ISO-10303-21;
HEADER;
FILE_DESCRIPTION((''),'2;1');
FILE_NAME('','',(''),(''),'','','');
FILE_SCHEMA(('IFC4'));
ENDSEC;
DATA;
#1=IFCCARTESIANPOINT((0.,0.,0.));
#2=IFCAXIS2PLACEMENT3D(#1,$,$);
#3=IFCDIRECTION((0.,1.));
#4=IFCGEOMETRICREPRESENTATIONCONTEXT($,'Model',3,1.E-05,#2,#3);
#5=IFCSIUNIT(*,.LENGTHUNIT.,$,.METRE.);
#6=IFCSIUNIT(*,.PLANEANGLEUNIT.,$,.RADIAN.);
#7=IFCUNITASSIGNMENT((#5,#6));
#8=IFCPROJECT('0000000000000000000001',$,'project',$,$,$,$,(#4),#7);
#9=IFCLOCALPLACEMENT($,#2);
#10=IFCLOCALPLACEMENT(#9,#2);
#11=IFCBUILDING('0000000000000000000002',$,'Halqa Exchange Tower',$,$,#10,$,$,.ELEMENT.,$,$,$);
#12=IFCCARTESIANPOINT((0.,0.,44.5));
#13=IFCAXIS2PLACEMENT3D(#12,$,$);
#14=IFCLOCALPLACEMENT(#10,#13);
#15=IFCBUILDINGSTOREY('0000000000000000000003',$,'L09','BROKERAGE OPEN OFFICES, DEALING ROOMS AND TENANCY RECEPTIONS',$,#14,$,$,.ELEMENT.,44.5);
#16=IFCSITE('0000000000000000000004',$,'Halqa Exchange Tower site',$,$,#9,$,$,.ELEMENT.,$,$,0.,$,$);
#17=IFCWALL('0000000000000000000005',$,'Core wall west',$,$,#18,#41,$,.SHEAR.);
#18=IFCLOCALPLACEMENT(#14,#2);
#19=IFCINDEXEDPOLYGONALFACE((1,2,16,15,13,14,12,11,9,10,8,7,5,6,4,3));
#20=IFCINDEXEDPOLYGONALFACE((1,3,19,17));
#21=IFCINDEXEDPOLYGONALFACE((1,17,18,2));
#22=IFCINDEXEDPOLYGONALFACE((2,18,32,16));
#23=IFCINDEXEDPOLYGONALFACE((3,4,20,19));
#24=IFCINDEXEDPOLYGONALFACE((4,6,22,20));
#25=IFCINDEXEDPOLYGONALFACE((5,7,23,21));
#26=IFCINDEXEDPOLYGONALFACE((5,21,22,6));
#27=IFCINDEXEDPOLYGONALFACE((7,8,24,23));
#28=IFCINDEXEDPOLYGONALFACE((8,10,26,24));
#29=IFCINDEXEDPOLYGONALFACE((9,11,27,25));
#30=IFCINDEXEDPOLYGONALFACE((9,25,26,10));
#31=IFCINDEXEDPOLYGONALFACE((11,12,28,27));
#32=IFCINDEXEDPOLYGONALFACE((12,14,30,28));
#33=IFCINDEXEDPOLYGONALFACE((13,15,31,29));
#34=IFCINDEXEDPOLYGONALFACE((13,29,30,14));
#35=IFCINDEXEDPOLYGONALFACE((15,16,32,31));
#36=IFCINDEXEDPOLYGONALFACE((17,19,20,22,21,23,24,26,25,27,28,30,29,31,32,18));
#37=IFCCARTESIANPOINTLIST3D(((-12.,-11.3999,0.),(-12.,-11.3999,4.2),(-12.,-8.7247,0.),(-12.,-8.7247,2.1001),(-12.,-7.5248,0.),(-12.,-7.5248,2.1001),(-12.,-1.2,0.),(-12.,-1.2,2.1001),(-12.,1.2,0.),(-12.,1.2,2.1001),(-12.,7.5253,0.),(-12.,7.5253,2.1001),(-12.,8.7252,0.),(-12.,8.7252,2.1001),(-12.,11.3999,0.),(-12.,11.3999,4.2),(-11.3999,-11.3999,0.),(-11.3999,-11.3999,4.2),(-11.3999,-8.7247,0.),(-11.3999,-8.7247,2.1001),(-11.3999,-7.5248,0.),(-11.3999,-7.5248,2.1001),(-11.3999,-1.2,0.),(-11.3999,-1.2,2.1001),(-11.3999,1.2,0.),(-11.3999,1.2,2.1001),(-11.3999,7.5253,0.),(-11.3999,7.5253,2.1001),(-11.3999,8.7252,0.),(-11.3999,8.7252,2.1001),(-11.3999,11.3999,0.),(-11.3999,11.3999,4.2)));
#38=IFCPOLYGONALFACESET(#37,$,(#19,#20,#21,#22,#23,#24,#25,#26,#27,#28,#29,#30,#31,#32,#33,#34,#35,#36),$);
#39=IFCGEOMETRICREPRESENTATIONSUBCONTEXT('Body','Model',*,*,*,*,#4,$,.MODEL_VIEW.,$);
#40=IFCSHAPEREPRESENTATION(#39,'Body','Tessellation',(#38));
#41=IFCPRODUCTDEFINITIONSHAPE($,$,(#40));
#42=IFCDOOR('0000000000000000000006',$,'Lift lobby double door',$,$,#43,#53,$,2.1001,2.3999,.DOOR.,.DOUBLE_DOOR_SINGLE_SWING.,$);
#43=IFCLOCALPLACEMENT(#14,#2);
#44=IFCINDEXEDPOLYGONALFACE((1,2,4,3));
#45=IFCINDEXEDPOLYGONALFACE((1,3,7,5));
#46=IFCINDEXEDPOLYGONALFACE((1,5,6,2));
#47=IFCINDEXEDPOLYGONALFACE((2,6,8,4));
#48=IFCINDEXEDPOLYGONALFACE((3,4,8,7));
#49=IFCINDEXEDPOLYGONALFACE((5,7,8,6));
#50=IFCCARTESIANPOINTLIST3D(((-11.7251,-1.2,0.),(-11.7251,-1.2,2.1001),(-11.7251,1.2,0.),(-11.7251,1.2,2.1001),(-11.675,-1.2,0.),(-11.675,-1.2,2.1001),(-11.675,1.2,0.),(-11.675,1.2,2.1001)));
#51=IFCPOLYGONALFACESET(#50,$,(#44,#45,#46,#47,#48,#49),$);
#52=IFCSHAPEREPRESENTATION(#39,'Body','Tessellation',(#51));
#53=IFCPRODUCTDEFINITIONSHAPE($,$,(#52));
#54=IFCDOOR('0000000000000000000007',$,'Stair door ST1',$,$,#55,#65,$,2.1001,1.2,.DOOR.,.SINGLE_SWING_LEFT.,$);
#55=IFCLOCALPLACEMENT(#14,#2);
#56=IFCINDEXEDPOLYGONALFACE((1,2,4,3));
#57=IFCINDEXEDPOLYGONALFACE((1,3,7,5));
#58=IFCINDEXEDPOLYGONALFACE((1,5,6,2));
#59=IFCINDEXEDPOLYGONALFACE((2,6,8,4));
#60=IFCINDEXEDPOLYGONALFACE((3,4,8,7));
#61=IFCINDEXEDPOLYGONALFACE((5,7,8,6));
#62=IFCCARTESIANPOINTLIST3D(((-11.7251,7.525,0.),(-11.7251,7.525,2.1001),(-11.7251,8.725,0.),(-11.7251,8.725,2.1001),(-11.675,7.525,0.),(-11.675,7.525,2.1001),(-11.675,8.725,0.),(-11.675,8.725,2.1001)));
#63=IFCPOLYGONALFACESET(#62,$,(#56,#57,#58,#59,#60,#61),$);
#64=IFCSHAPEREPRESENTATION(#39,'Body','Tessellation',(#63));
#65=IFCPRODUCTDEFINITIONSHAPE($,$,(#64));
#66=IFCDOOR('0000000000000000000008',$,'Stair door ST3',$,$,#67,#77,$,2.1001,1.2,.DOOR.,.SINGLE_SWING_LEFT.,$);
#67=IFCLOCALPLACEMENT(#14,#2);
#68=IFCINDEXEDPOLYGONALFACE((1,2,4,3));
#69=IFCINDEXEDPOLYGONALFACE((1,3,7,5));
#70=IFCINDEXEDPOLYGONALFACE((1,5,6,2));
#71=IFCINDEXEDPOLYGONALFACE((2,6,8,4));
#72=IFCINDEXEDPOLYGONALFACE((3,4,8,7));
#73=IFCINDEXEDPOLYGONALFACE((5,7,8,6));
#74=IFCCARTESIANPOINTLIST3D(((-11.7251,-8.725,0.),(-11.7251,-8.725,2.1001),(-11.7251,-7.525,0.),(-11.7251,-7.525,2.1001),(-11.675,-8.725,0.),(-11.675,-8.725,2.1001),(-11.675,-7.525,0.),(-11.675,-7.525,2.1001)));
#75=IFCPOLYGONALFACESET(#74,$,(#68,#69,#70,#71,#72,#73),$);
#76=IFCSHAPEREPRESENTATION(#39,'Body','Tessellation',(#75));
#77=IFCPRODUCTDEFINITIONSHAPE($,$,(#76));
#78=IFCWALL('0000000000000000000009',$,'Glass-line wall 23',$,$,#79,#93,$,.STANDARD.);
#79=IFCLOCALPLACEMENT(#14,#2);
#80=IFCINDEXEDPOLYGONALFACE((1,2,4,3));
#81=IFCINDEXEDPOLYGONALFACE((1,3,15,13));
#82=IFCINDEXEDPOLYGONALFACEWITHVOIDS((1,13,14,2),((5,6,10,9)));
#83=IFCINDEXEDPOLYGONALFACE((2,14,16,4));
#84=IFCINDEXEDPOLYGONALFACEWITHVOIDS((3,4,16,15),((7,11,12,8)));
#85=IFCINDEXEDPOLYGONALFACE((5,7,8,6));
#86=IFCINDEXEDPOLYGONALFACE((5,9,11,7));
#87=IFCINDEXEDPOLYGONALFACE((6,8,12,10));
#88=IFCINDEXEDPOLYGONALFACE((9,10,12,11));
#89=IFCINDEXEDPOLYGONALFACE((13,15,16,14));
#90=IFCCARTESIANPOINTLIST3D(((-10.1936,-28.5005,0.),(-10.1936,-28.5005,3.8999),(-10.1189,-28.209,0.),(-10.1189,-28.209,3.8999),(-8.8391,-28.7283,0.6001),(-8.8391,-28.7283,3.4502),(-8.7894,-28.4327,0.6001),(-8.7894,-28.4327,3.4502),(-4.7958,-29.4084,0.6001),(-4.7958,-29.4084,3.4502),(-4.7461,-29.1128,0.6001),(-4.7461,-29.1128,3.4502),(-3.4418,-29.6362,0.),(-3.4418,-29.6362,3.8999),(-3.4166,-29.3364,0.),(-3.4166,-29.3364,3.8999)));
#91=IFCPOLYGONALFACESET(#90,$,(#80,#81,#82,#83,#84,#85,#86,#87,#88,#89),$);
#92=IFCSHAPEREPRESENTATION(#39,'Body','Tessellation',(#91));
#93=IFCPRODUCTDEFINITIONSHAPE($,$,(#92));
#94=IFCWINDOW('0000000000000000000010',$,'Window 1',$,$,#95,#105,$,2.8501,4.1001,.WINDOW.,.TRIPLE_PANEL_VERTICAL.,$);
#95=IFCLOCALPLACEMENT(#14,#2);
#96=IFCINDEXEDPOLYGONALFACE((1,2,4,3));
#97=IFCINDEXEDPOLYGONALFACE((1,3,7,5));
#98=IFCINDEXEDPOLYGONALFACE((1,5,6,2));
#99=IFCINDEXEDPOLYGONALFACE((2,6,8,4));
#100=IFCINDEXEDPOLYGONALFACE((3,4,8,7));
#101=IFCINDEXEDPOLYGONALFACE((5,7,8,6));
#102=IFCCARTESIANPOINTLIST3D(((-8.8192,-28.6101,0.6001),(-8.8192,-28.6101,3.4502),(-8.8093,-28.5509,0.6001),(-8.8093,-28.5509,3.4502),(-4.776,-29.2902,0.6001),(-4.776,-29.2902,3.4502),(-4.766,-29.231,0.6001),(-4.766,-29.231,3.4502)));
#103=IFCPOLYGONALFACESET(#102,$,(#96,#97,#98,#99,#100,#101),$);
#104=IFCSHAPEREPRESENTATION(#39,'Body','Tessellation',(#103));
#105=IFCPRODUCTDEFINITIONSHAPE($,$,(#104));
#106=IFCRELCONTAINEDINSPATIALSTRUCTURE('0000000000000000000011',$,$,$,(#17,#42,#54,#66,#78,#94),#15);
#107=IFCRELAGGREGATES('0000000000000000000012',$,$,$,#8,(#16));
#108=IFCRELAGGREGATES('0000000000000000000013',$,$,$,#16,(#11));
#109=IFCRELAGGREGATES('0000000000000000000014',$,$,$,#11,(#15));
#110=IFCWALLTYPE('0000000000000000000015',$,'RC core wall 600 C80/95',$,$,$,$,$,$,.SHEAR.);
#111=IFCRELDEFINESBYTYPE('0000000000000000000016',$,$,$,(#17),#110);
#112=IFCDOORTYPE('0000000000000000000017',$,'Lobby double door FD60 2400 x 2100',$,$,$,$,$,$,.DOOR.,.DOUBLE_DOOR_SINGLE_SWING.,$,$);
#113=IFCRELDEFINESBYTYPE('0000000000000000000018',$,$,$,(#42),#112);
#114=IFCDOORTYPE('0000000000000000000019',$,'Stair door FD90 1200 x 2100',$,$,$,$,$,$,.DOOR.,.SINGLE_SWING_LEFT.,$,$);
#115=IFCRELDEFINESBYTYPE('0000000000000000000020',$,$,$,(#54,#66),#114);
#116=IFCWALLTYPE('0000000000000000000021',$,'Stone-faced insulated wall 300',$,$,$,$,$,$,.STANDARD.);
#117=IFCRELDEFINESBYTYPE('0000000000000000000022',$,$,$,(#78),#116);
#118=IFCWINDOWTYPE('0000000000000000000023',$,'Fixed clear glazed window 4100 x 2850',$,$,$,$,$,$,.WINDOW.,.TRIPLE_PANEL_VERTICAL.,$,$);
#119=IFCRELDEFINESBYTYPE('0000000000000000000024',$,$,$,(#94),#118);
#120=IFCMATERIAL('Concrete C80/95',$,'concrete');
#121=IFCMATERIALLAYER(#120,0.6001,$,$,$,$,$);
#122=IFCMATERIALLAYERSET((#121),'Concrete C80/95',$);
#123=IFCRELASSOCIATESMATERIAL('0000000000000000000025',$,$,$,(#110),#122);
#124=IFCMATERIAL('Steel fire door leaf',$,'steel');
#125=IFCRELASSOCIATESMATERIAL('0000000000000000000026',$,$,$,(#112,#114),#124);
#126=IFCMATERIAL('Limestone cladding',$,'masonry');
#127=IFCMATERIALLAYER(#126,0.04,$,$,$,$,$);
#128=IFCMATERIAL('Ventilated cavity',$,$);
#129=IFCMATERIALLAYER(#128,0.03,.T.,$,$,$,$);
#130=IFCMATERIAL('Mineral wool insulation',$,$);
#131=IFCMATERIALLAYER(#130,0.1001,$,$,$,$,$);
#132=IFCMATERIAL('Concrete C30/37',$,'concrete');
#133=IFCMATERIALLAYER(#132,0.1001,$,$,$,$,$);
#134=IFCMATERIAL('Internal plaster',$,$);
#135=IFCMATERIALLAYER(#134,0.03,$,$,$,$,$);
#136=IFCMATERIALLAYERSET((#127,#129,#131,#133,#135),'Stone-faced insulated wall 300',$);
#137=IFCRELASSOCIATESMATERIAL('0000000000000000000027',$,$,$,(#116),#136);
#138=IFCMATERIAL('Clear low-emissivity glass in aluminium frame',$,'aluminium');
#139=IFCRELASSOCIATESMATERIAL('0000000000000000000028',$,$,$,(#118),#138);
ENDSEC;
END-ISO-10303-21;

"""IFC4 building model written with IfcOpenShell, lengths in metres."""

from ifc_helpers import new_model, si_unit, direction, frame, frame_2d, origin, place, context, subcontext, project, spatial, polyline, rectangle, outline, extrude, material, layer, layer_set, type_object, element, fill, save


model = new_model("IFC4")

# Units and contexts
model_context = context("Model", 3, precision=1e-05, world=origin(), true_north=direction((0.0, 1.0)))
body_context = subcontext(model_context, "Body", "Model", "MODEL_VIEW")
ifc_project = project(units=[si_unit("LENGTHUNIT", "METRE"), si_unit("PLANEANGLEUNIT", "RADIAN")], contexts=[model_context])

# Site, building, storey
site_placement = place(None, origin())
site = spatial("IfcSite", under=ifc_project, at=site_placement, Name="Halqa Exchange Tower site", CompositionType="ELEMENT", RefElevation=0.0)
building_placement = place(site_placement, origin())
building = spatial("IfcBuilding", under=site, at=building_placement, Name="Halqa Exchange Tower", CompositionType="ELEMENT")
storey_placement = place(building_placement, frame((0.0, 0.0, 44.5)))
storey = spatial("IfcBuildingStorey", under=building, at=storey_placement, Name="L09", Description="BROKERAGE OPEN OFFICES, DEALING ROOMS AND TENANCY RECEPTIONS", CompositionType="ELEMENT", Elevation=44.5)

# Shared definitions
ifc_material_1 = material(Name="Concrete C80/95", Category="concrete")

# Wall, openings, doors
ifc_layer_1 = layer(ifc_material_1, 0.6001)
ifc_layer_set_1 = layer_set([ifc_layer_1], Name="Concrete C80/95")
wall_type_1 = type_object("IfcWallType", Name="RC core wall 600 C80/95", PredefinedType="SHEAR", material=ifc_layer_set_1)
wall_1_placement = place(storey_placement, frame((-11.7, -11.3999, 0.0), z_axis=(0.0, 0.0, 1.0), x_axis=(0.0, 1.0, 0.0)))
wall_1 = element("IfcWall", 1, at=wall_1_placement, inside=storey, type_object=wall_type_1, Name="Core wall west", PredefinedType="SHEAR", context=body_context, shape_type="SweptSolid", body=[
    extrude(rectangle(XDim=22.7998, YDim=0.6001, at=frame_2d((11.3999, 0.0))), origin(), (0.0, 0.0, 1.0), 4.2),
])
opening_1_placement = place(wall_1_placement, frame((10.2, 0.0, 0.0)))
opening_1 = element("IfcOpeningElement", 2, at=opening_1_placement, cuts=wall_1, PredefinedType="OPENING", context=body_context, shape_type="SweptSolid", body=[
    extrude(rectangle(XDim=2.3999, YDim=2.1001, at=frame_2d((1.2, 1.05))), frame((0.0, 0.312, 0.0), z_axis=(0.0, -1.0, 0.0), x_axis=(1.0, 0.0, 0.0)), (0.0, 0.0, 1.0), 0.624),
])
opening_2_placement = place(wall_1_placement, frame((18.925, 0.0, 0.0)))
opening_2 = element("IfcOpeningElement", 3, at=opening_2_placement, cuts=wall_1, PredefinedType="OPENING", context=body_context, shape_type="SweptSolid", body=[
    extrude(rectangle(XDim=1.2, YDim=2.1001, at=frame_2d((0.6001, 1.05))), frame((0.0, 0.312, 0.0), z_axis=(0.0, -1.0, 0.0), x_axis=(1.0, 0.0, 0.0)), (0.0, 0.0, 1.0), 0.624),
])
opening_3_placement = place(wall_1_placement, frame((2.675, 0.0, 0.0)))
opening_3 = element("IfcOpeningElement", 4, at=opening_3_placement, cuts=wall_1, PredefinedType="OPENING", context=body_context, shape_type="SweptSolid", body=[
    extrude(rectangle(XDim=1.2, YDim=2.1001, at=frame_2d((0.6001, 1.05))), frame((0.0, 0.312, 0.0), z_axis=(0.0, -1.0, 0.0), x_axis=(1.0, 0.0, 0.0)), (0.0, 0.0, 1.0), 0.624),
])
ifc_material_2 = material(Name="Steel fire door leaf", Category="steel")
door_type_1 = type_object("IfcDoorType", Name="Lobby double door FD60 2400 x 2100", OperationType="DOUBLE_DOOR_SINGLE_SWING", PredefinedType="DOOR", material=ifc_material_2)
door_1_placement = place(opening_1_placement, frame((2.3999, 0.0, 0.0), z_axis=(0.0, 0.0, 1.0), x_axis=(-1.0, 0.0, 0.0)))
door_1 = element("IfcDoor", 5, at=door_1_placement, inside=storey, type_object=door_type_1, Name="Lift lobby double door", OperationType="DOUBLE_DOOR_SINGLE_SWING", OverallHeight=2.1001, OverallWidth=2.3999, PredefinedType="DOOR", context=body_context, shape_type="SweptSolid", body=[
    extrude(rectangle(XDim=2.3999, YDim=2.1001, at=frame_2d((1.2, 1.05))), frame((0.0, 0.0249, 0.0), z_axis=(0.0, -1.0, 0.0), x_axis=(1.0, 0.0, 0.0)), (0.0, 0.0, 1.0), 0.05),
])
fill(opening_1, door_1)
door_type_2 = type_object("IfcDoorType", Name="Stair door FD90 1200 x 2100", OperationType="SINGLE_SWING_LEFT", PredefinedType="DOOR", material=ifc_material_2)
door_2_placement = place(opening_2_placement, frame((1.2, 0.0, 0.0), z_axis=(0.0, 0.0, 1.0), x_axis=(-1.0, 0.0, 0.0)))
door_2 = element("IfcDoor", 6, at=door_2_placement, inside=storey, type_object=door_type_2, Name="Stair door ST1", OperationType="SINGLE_SWING_LEFT", OverallHeight=2.1001, OverallWidth=1.2, PredefinedType="DOOR", context=body_context, shape_type="SweptSolid", body=[
    extrude(rectangle(XDim=1.2, YDim=2.1001, at=frame_2d((0.6001, 1.05))), frame((0.0, 0.0249, 0.0), z_axis=(0.0, -1.0, 0.0), x_axis=(1.0, 0.0, 0.0)), (0.0, 0.0, 1.0), 0.05),
])
fill(opening_2, door_2)
door_3_placement = place(opening_3_placement, frame((1.2, 0.0, 0.0), z_axis=(0.0, 0.0, 1.0), x_axis=(-1.0, 0.0, 0.0)))
door_3 = element("IfcDoor", 7, at=door_3_placement, inside=storey, type_object=door_type_2, Name="Stair door ST3", OperationType="SINGLE_SWING_LEFT", OverallHeight=2.1001, OverallWidth=1.2, PredefinedType="DOOR", context=body_context, shape_type="SweptSolid", body=[
    extrude(rectangle(XDim=1.2, YDim=2.1001, at=frame_2d((0.6001, 1.05))), frame((0.0, 0.0249, 0.0), z_axis=(0.0, -1.0, 0.0), x_axis=(1.0, 0.0, 0.0)), (0.0, 0.0, 1.0), 0.05),
])
fill(opening_3, door_3)

# Wall, opening, window
ifc_material_3 = material(Name="Limestone cladding", Category="masonry")
ifc_layer_2 = layer(ifc_material_3, 0.04)
ifc_material_4 = material(Name="Ventilated cavity")
ifc_layer_3 = layer(ifc_material_4, 0.03, ventilated=True)
ifc_material_5 = material(Name="Mineral wool insulation")
ifc_layer_4 = layer(ifc_material_5, 0.1001)
ifc_material_6 = material(Name="Concrete C30/37", Category="concrete")
ifc_layer_5 = layer(ifc_material_6, 0.1001)
ifc_material_7 = material(Name="Internal plaster")
ifc_layer_6 = layer(ifc_material_7, 0.03)
ifc_layer_set_2 = layer_set([ifc_layer_2, ifc_layer_3, ifc_layer_4, ifc_layer_5, ifc_layer_6], Name="Stone-faced insulated wall 300")
wall_type_2 = type_object("IfcWallType", Name="Stone-faced insulated wall 300", PredefinedType="STANDARD", material=ifc_layer_set_2)
wall_2_placement = place(storey_placement, frame((-10.1562, -28.3547, 0.0), z_axis=(0.0, 0.0, 1.0), x_axis=(0.986145, -0.165885, 0.0)))
wall_2 = element("IfcWall", 8, at=wall_2_placement, inside=storey, type_object=wall_type_2, Name="Glass-line wall 23", PredefinedType="STANDARD", context=body_context, shape_type="SweptSolid", body=[
    extrude(outline(polyline([(-0.0127, -0.1499), (6.834, -0.1499), (6.8091, 0.1499), (0.0127, 0.1499), (-0.0127, -0.1499)])), origin(), (0.0, 0.0, 1.0), 3.8999),
])
opening_4_placement = place(wall_2_placement, frame((1.3608, 0.0, 0.6001)))
opening_4 = element("IfcOpeningElement", 9, at=opening_4_placement, cuts=wall_2, PredefinedType="OPENING", context=body_context, shape_type="SweptSolid", body=[
    extrude(rectangle(XDim=4.1001, YDim=2.8501, at=frame_2d((2.05, 1.425))), frame((0.0, 0.1621, 0.0), z_axis=(0.0, -1.0, 0.0), x_axis=(1.0, 0.0, 0.0)), (0.0, 0.0, 1.0), 0.324),
])
ifc_material_8 = material(Name="Clear low-emissivity glass in aluminium frame", Category="aluminium")
window_type = type_object("IfcWindowType", Name="Fixed clear glazed window 4100 x 2850", PartitioningType="TRIPLE_PANEL_VERTICAL", PredefinedType="WINDOW", material=ifc_material_8)
window_placement = place(opening_4_placement, origin())
window = element("IfcWindow", 10, at=window_placement, inside=storey, type_object=window_type, Name="Window 1", OverallHeight=2.8501, OverallWidth=4.1001, PartitioningType="TRIPLE_PANEL_VERTICAL", PredefinedType="WINDOW", context=body_context, shape_type="SweptSolid", body=[
    extrude(rectangle(XDim=4.1001, YDim=2.8501, at=frame_2d((2.05, 1.425))), frame((0.0, 0.03, 0.0), z_axis=(0.0, -1.0, 0.0), x_axis=(1.0, 0.0, 0.0)), (0.0, 0.0, 1.0), 0.0601),
])
fill(opening_4, window)

save(model, "model.ifc")
